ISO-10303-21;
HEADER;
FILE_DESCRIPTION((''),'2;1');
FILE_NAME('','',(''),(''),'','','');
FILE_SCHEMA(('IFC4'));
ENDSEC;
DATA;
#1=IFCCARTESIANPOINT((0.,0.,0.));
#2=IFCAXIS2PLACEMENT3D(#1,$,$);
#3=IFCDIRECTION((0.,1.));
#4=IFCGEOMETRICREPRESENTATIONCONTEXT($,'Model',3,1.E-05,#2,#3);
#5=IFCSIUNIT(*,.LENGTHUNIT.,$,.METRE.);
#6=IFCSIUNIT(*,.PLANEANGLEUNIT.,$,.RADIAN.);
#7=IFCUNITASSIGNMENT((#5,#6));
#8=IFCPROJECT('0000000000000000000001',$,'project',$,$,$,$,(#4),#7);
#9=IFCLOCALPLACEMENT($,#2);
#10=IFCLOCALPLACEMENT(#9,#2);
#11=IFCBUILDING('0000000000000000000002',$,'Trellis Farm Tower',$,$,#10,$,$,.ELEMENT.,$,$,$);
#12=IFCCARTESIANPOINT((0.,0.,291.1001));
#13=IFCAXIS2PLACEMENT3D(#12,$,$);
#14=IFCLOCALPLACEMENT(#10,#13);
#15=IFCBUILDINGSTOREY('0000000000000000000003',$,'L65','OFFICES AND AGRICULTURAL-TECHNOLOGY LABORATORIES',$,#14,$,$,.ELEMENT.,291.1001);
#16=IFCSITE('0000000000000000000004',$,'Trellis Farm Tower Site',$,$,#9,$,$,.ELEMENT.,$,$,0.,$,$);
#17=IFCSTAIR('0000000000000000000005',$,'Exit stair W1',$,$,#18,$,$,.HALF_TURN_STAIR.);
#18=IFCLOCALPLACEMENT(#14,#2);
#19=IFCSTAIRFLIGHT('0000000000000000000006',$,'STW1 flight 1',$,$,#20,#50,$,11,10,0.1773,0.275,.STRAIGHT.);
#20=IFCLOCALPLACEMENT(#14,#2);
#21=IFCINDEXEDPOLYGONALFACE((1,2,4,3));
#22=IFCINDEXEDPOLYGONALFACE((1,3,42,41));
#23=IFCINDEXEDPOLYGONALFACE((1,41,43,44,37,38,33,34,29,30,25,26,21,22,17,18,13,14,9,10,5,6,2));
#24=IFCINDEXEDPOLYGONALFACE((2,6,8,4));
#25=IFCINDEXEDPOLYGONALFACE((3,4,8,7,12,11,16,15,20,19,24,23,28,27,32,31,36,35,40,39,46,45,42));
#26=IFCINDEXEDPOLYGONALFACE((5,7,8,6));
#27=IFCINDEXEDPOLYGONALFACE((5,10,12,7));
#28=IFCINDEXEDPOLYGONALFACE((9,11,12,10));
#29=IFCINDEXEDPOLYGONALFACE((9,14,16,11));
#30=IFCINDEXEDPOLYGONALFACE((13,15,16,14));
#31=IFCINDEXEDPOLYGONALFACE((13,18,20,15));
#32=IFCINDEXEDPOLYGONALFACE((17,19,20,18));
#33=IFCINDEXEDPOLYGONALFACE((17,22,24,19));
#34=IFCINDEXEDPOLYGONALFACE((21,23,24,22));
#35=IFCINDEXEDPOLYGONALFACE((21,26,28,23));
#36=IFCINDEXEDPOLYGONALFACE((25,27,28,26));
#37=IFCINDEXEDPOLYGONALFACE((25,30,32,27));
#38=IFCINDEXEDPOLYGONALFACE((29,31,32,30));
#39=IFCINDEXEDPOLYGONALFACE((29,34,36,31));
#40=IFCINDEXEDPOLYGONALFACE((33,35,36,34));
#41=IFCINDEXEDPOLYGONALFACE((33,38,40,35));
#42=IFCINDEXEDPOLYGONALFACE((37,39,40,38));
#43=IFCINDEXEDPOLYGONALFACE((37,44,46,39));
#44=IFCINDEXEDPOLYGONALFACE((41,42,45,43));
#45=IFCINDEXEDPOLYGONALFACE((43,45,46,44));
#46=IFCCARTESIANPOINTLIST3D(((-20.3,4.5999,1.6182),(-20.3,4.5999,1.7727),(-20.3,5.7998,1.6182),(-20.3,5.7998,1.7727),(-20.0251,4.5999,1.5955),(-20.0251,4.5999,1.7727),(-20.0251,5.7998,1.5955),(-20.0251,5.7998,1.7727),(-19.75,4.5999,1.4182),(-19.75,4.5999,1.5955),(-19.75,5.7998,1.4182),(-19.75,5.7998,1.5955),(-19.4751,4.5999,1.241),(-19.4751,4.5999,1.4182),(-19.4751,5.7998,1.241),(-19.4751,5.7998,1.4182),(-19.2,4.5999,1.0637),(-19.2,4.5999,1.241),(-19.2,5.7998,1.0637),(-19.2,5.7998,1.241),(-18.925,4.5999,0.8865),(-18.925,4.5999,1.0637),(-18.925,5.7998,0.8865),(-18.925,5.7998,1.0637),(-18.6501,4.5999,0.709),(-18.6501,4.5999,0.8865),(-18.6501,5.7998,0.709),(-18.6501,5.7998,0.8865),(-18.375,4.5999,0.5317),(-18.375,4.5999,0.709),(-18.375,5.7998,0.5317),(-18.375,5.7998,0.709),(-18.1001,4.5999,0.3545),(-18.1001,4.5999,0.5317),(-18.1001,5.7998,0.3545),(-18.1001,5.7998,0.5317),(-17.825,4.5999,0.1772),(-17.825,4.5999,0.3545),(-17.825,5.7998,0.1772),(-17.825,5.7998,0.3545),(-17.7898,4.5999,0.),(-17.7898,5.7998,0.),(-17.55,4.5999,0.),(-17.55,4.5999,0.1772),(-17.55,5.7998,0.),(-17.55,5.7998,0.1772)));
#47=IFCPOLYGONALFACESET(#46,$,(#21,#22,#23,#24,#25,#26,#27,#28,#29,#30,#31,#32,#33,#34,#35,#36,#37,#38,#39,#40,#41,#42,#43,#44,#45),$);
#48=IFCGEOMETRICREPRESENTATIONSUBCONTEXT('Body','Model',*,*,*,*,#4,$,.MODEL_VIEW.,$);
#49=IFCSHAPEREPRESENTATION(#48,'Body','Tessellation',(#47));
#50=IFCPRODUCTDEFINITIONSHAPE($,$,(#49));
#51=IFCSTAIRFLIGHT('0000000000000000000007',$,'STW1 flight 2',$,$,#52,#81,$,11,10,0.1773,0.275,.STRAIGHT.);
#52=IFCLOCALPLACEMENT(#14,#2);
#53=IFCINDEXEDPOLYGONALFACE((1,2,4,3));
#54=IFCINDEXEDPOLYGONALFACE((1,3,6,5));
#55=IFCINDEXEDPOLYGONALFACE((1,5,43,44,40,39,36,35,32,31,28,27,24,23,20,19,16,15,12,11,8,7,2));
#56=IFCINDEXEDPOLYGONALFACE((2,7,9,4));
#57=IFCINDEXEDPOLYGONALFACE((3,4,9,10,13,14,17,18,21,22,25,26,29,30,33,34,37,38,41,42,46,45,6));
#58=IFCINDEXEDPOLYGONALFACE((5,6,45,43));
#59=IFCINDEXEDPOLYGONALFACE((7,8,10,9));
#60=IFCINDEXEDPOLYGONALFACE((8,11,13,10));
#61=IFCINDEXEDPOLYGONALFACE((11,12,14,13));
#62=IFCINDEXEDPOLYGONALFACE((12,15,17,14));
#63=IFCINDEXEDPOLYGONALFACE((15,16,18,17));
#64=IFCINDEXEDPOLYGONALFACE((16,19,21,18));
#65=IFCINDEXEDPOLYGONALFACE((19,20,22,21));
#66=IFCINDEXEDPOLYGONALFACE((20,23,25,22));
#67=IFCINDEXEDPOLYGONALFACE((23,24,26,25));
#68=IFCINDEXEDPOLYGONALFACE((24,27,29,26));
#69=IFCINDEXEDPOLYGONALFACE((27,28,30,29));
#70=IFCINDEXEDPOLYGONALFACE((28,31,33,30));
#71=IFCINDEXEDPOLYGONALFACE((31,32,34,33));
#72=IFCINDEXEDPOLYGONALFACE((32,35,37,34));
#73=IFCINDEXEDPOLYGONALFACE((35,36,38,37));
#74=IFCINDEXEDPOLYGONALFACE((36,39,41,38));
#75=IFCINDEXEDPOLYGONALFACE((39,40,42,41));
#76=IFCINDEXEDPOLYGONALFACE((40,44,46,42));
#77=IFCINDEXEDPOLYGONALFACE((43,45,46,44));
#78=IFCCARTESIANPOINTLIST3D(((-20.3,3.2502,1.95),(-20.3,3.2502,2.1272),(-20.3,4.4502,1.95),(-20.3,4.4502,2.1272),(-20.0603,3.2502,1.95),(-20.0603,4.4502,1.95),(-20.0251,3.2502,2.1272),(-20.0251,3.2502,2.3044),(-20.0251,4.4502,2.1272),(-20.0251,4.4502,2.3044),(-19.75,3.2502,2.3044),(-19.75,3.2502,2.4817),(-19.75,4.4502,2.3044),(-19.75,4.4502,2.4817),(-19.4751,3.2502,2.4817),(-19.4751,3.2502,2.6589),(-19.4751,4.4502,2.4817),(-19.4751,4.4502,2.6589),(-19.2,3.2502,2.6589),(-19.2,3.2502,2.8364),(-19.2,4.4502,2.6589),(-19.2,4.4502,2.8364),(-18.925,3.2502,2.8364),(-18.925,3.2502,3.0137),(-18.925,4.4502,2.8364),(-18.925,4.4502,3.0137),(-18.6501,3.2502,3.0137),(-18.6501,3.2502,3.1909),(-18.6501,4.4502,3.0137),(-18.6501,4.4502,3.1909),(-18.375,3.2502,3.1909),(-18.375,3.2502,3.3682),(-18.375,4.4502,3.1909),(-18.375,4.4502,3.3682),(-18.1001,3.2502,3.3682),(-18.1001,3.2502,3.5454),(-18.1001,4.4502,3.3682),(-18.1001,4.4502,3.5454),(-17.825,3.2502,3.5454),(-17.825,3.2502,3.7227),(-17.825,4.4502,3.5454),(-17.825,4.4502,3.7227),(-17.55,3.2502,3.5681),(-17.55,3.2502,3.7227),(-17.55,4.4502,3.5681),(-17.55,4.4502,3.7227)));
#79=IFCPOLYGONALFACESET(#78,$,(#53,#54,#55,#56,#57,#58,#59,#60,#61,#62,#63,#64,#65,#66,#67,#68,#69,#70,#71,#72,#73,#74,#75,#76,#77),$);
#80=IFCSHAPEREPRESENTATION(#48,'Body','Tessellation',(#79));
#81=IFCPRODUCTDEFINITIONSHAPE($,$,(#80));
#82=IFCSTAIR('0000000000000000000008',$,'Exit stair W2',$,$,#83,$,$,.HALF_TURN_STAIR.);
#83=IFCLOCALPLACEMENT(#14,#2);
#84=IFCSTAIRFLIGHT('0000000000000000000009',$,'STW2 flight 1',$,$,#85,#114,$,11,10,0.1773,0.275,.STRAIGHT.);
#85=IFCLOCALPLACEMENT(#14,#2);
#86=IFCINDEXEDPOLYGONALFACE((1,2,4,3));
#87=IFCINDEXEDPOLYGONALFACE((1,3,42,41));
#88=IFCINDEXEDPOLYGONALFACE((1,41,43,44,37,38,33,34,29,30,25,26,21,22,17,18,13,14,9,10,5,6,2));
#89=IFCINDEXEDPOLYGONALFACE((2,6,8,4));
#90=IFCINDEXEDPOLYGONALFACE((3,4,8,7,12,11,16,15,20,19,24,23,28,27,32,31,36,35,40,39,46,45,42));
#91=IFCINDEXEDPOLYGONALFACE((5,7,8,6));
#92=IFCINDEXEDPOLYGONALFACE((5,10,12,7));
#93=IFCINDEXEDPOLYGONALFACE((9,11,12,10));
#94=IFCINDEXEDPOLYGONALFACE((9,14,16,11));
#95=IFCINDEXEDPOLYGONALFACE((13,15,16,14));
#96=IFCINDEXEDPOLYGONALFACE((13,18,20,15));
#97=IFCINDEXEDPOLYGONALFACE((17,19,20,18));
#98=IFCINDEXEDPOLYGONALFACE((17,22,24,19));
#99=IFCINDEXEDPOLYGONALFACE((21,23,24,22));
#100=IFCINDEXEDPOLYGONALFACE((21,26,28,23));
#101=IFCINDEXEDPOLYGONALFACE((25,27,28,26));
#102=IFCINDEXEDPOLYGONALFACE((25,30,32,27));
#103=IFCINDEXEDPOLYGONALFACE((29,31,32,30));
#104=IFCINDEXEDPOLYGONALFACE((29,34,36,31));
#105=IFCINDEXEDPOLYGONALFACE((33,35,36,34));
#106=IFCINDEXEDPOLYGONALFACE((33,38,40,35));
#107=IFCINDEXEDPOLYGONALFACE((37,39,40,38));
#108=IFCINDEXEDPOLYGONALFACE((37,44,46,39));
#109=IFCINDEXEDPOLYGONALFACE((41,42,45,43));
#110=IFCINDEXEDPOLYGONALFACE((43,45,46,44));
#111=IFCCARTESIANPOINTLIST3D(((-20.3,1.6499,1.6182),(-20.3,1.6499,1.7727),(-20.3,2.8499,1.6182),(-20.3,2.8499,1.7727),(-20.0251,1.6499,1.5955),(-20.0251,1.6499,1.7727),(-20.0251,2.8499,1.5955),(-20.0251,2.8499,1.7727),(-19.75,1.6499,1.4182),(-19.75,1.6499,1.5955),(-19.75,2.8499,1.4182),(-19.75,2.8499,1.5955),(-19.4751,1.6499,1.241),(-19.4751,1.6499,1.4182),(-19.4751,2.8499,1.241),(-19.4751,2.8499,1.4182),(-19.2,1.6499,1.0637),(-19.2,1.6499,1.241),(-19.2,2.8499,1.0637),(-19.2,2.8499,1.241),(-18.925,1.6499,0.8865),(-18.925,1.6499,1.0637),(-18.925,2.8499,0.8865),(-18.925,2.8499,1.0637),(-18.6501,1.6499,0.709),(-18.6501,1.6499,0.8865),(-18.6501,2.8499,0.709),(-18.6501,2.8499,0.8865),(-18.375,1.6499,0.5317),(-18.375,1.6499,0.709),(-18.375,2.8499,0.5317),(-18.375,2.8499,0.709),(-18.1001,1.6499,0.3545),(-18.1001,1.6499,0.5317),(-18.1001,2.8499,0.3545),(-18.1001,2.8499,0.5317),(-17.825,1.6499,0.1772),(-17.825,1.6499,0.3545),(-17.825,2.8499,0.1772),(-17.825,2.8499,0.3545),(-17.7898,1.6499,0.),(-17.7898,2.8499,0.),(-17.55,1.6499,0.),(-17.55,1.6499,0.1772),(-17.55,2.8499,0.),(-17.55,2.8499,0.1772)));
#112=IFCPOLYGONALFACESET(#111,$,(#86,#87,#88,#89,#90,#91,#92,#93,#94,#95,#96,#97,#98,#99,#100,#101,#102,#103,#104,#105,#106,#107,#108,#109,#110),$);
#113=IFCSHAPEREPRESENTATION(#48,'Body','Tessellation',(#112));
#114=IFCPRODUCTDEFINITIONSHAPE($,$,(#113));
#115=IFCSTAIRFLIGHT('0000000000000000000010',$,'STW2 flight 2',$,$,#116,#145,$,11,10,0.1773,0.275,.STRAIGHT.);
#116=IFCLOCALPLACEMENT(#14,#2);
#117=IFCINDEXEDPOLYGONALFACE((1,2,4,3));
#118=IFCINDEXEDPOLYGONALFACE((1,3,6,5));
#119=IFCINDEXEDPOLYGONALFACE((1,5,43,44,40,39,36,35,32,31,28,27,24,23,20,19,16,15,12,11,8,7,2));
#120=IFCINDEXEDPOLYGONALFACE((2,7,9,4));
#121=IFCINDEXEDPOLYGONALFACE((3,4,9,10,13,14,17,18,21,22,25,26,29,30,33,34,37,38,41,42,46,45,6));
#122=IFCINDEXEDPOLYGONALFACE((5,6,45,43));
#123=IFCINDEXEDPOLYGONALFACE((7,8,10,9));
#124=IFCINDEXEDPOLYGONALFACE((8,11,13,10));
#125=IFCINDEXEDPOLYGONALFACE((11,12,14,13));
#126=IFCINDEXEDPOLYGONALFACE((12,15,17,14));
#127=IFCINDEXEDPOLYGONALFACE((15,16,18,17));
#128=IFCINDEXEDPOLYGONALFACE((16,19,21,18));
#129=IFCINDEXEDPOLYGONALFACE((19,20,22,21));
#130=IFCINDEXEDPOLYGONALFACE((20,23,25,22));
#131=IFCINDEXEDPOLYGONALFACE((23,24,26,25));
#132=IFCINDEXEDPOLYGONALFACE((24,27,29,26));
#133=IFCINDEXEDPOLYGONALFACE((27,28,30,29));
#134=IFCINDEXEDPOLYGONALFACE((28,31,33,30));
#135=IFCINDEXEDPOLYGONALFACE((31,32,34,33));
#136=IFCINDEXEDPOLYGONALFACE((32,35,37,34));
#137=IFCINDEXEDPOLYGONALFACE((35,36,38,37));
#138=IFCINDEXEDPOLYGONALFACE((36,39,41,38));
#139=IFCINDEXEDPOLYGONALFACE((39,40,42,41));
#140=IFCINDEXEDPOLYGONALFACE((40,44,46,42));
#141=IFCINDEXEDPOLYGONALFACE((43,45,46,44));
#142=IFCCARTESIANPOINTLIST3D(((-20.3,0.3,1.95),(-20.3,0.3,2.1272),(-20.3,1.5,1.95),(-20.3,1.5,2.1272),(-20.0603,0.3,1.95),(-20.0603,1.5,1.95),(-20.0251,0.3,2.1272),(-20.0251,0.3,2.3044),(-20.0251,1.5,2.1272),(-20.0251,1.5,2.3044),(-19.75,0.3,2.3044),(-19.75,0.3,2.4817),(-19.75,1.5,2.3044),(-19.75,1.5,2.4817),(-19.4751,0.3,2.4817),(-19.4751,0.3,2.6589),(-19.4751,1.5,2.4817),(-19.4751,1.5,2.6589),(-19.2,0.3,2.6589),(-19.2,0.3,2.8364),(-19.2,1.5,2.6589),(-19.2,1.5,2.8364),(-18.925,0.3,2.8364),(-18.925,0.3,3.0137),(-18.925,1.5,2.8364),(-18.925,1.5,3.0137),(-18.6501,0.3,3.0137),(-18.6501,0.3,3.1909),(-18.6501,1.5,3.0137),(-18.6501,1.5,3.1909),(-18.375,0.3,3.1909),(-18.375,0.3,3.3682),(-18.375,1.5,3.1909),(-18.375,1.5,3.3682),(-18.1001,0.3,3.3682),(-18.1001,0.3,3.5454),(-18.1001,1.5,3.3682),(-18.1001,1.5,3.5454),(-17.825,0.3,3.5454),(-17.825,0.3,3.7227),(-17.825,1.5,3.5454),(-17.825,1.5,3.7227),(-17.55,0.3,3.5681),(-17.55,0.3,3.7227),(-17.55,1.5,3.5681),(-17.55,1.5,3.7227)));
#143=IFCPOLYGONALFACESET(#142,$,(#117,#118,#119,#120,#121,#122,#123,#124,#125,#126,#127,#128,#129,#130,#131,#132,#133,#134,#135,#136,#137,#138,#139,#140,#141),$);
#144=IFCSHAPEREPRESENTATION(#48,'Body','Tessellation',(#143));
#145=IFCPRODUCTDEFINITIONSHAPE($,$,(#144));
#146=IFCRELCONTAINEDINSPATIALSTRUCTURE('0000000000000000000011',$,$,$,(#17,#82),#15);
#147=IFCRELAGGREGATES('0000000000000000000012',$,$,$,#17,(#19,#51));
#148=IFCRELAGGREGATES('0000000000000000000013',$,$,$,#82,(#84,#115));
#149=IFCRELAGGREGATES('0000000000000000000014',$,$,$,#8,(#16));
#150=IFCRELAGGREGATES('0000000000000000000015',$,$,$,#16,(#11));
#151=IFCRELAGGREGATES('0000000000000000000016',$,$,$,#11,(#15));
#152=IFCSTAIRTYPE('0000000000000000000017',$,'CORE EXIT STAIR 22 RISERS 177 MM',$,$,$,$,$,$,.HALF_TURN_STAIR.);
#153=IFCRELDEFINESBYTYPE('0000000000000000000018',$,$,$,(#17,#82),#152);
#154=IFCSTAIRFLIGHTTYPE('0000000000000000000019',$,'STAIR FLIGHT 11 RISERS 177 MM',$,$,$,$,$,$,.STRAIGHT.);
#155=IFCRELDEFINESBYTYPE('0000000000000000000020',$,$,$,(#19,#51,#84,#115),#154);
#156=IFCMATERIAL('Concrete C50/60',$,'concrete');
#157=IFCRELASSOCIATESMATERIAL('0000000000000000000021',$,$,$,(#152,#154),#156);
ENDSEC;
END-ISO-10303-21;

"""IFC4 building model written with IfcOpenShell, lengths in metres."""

from ifc_helpers import new_model, si_unit, direction, frame, origin, place, context, subcontext, project, spatial, polyline, outline, extrude, source, transform, mapped, material, type_object, element, aggregate, save


model = new_model("IFC4")

# Units and contexts
model_context = context("Model", 3, precision=1e-05, world=origin(), true_north=direction((0.0, 1.0)))
body_context = subcontext(model_context, "Body", "Model", "MODEL_VIEW")
ifc_project = project(units=[si_unit("LENGTHUNIT", "METRE"), si_unit("PLANEANGLEUNIT", "RADIAN")], contexts=[model_context])

# Site, building, storey
site_placement = place(None, origin())
site = spatial("IfcSite", under=ifc_project, at=site_placement, Name="Trellis Farm Tower Site", CompositionType="ELEMENT", RefElevation=0.0)
building_placement = place(site_placement, origin())
building = spatial("IfcBuilding", under=site, at=building_placement, Name="Trellis Farm Tower", CompositionType="ELEMENT")
storey_placement = place(building_placement, frame((0.0, 0.0, 291.1001)))
storey = spatial("IfcBuildingStorey", under=building, at=storey_placement, Name="L65", Description="OFFICES AND AGRICULTURAL-TECHNOLOGY LABORATORIES", CompositionType="ELEMENT", Elevation=291.1001)

# Shared definitions
placement = place(storey_placement, origin())

# Shared definitions
ifc_material_1 = material(Name="Concrete C50/60", Category="concrete")

# Stairs, stair flights
stair_type = type_object("IfcStairType", Name="CORE EXIT STAIR 22 RISERS 177 MM", PredefinedType="HALF_TURN_STAIR", material=ifc_material_1)
stair_1 = element("IfcStair", 1, at=placement, inside=storey, type_object=stair_type, Name="Exit stair W1", PredefinedType="HALF_TURN_STAIR")
stair_flight_type = type_object("IfcStairFlightType", Name="STAIR FLIGHT 11 RISERS 177 MM", PredefinedType="STRAIGHT", material=ifc_material_1)
shared_shape_1 = source(origin(), body_context, "Body", "SweptSolid", [
    extrude(outline(polyline([(0.0, 0.0), (0.0, 0.1772), (0.2749, 0.1772), (0.2749, 0.3545), (0.55, 0.3545), (0.55, 0.5317), (0.825, 0.5317), (0.825, 0.709), (1.1001, 0.709), (1.1001, 0.8865), (1.375, 0.8865), (1.375, 1.0637), (1.6499, 1.0637), (1.6499, 1.241), (1.925, 1.241), (1.925, 1.4182), (2.2, 1.4182), (2.2, 1.5955), (2.4751, 1.5955), (2.4751, 1.7727), (2.75, 1.7727), (2.75, 1.95), (2.75, 1.6182), (0.2397, 0.0), (0.0, 0.0)])), frame((0.0, 0.6001, 0.0), z_axis=(0.0, -1.0, 0.0), x_axis=(1.0, 0.0, 0.0)), (0.0, 0.0, 1.0), 1.2),
])
stair_flight_1_placement = place(storey_placement, frame((-17.55, 5.2, 0.0), z_axis=(0.0, 0.0, 1.0), x_axis=(-1.0, 0.0, 0.0)))
stair_flight_1 = element("IfcStairFlight", 2, at=stair_flight_1_placement, type_object=stair_flight_type, Name="STW1 flight 1", NumberOfRisers=11, NumberOfTreads=10, PredefinedType="STRAIGHT", RiserHeight=0.1773, TreadLength=0.275, context=body_context, shape_type="MappedRepresentation", body=[
    mapped(shared_shape_1, transform((0.0, 0.0, 0.0))),
])
stair_flight_2_placement = place(storey_placement, frame((-20.3, 3.8501, 1.95), z_axis=(0.0, 0.0, 1.0), x_axis=(1.0, 0.0, 0.0)))
stair_flight_2 = element("IfcStairFlight", 3, at=stair_flight_2_placement, type_object=stair_flight_type, Name="STW1 flight 2", NumberOfRisers=11, NumberOfTreads=10, PredefinedType="STRAIGHT", RiserHeight=0.1773, TreadLength=0.275, context=body_context, shape_type="MappedRepresentation", body=[
    mapped(shared_shape_1, transform((0.0, 0.0, 0.0))),
])
aggregate(stair_1, [stair_flight_1, stair_flight_2])
stair_2 = element("IfcStair", 4, at=placement, inside=storey, type_object=stair_type, Name="Exit stair W2", PredefinedType="HALF_TURN_STAIR")
stair_flight_3_placement = place(storey_placement, frame((-17.55, 2.25, 0.0), z_axis=(0.0, 0.0, 1.0), x_axis=(-1.0, 0.0, 0.0)))
stair_flight_3 = element("IfcStairFlight", 5, at=stair_flight_3_placement, type_object=stair_flight_type, Name="STW2 flight 1", NumberOfRisers=11, NumberOfTreads=10, PredefinedType="STRAIGHT", RiserHeight=0.1773, TreadLength=0.275, context=body_context, shape_type="MappedRepresentation", body=[
    mapped(shared_shape_1, transform((0.0, 0.0, 0.0))),
])
stair_flight_4_placement = place(storey_placement, frame((-20.3, 0.8999, 1.95), z_axis=(0.0, 0.0, 1.0), x_axis=(1.0, 0.0, 0.0)))
stair_flight_4 = element("IfcStairFlight", 6, at=stair_flight_4_placement, type_object=stair_flight_type, Name="STW2 flight 2", NumberOfRisers=11, NumberOfTreads=10, PredefinedType="STRAIGHT", RiserHeight=0.1773, TreadLength=0.275, context=body_context, shape_type="MappedRepresentation", body=[
    mapped(shared_shape_1, transform((0.0, 0.0, 0.0))),
])
aggregate(stair_2, [stair_flight_3, stair_flight_4])

save(model, "model.ifc")
